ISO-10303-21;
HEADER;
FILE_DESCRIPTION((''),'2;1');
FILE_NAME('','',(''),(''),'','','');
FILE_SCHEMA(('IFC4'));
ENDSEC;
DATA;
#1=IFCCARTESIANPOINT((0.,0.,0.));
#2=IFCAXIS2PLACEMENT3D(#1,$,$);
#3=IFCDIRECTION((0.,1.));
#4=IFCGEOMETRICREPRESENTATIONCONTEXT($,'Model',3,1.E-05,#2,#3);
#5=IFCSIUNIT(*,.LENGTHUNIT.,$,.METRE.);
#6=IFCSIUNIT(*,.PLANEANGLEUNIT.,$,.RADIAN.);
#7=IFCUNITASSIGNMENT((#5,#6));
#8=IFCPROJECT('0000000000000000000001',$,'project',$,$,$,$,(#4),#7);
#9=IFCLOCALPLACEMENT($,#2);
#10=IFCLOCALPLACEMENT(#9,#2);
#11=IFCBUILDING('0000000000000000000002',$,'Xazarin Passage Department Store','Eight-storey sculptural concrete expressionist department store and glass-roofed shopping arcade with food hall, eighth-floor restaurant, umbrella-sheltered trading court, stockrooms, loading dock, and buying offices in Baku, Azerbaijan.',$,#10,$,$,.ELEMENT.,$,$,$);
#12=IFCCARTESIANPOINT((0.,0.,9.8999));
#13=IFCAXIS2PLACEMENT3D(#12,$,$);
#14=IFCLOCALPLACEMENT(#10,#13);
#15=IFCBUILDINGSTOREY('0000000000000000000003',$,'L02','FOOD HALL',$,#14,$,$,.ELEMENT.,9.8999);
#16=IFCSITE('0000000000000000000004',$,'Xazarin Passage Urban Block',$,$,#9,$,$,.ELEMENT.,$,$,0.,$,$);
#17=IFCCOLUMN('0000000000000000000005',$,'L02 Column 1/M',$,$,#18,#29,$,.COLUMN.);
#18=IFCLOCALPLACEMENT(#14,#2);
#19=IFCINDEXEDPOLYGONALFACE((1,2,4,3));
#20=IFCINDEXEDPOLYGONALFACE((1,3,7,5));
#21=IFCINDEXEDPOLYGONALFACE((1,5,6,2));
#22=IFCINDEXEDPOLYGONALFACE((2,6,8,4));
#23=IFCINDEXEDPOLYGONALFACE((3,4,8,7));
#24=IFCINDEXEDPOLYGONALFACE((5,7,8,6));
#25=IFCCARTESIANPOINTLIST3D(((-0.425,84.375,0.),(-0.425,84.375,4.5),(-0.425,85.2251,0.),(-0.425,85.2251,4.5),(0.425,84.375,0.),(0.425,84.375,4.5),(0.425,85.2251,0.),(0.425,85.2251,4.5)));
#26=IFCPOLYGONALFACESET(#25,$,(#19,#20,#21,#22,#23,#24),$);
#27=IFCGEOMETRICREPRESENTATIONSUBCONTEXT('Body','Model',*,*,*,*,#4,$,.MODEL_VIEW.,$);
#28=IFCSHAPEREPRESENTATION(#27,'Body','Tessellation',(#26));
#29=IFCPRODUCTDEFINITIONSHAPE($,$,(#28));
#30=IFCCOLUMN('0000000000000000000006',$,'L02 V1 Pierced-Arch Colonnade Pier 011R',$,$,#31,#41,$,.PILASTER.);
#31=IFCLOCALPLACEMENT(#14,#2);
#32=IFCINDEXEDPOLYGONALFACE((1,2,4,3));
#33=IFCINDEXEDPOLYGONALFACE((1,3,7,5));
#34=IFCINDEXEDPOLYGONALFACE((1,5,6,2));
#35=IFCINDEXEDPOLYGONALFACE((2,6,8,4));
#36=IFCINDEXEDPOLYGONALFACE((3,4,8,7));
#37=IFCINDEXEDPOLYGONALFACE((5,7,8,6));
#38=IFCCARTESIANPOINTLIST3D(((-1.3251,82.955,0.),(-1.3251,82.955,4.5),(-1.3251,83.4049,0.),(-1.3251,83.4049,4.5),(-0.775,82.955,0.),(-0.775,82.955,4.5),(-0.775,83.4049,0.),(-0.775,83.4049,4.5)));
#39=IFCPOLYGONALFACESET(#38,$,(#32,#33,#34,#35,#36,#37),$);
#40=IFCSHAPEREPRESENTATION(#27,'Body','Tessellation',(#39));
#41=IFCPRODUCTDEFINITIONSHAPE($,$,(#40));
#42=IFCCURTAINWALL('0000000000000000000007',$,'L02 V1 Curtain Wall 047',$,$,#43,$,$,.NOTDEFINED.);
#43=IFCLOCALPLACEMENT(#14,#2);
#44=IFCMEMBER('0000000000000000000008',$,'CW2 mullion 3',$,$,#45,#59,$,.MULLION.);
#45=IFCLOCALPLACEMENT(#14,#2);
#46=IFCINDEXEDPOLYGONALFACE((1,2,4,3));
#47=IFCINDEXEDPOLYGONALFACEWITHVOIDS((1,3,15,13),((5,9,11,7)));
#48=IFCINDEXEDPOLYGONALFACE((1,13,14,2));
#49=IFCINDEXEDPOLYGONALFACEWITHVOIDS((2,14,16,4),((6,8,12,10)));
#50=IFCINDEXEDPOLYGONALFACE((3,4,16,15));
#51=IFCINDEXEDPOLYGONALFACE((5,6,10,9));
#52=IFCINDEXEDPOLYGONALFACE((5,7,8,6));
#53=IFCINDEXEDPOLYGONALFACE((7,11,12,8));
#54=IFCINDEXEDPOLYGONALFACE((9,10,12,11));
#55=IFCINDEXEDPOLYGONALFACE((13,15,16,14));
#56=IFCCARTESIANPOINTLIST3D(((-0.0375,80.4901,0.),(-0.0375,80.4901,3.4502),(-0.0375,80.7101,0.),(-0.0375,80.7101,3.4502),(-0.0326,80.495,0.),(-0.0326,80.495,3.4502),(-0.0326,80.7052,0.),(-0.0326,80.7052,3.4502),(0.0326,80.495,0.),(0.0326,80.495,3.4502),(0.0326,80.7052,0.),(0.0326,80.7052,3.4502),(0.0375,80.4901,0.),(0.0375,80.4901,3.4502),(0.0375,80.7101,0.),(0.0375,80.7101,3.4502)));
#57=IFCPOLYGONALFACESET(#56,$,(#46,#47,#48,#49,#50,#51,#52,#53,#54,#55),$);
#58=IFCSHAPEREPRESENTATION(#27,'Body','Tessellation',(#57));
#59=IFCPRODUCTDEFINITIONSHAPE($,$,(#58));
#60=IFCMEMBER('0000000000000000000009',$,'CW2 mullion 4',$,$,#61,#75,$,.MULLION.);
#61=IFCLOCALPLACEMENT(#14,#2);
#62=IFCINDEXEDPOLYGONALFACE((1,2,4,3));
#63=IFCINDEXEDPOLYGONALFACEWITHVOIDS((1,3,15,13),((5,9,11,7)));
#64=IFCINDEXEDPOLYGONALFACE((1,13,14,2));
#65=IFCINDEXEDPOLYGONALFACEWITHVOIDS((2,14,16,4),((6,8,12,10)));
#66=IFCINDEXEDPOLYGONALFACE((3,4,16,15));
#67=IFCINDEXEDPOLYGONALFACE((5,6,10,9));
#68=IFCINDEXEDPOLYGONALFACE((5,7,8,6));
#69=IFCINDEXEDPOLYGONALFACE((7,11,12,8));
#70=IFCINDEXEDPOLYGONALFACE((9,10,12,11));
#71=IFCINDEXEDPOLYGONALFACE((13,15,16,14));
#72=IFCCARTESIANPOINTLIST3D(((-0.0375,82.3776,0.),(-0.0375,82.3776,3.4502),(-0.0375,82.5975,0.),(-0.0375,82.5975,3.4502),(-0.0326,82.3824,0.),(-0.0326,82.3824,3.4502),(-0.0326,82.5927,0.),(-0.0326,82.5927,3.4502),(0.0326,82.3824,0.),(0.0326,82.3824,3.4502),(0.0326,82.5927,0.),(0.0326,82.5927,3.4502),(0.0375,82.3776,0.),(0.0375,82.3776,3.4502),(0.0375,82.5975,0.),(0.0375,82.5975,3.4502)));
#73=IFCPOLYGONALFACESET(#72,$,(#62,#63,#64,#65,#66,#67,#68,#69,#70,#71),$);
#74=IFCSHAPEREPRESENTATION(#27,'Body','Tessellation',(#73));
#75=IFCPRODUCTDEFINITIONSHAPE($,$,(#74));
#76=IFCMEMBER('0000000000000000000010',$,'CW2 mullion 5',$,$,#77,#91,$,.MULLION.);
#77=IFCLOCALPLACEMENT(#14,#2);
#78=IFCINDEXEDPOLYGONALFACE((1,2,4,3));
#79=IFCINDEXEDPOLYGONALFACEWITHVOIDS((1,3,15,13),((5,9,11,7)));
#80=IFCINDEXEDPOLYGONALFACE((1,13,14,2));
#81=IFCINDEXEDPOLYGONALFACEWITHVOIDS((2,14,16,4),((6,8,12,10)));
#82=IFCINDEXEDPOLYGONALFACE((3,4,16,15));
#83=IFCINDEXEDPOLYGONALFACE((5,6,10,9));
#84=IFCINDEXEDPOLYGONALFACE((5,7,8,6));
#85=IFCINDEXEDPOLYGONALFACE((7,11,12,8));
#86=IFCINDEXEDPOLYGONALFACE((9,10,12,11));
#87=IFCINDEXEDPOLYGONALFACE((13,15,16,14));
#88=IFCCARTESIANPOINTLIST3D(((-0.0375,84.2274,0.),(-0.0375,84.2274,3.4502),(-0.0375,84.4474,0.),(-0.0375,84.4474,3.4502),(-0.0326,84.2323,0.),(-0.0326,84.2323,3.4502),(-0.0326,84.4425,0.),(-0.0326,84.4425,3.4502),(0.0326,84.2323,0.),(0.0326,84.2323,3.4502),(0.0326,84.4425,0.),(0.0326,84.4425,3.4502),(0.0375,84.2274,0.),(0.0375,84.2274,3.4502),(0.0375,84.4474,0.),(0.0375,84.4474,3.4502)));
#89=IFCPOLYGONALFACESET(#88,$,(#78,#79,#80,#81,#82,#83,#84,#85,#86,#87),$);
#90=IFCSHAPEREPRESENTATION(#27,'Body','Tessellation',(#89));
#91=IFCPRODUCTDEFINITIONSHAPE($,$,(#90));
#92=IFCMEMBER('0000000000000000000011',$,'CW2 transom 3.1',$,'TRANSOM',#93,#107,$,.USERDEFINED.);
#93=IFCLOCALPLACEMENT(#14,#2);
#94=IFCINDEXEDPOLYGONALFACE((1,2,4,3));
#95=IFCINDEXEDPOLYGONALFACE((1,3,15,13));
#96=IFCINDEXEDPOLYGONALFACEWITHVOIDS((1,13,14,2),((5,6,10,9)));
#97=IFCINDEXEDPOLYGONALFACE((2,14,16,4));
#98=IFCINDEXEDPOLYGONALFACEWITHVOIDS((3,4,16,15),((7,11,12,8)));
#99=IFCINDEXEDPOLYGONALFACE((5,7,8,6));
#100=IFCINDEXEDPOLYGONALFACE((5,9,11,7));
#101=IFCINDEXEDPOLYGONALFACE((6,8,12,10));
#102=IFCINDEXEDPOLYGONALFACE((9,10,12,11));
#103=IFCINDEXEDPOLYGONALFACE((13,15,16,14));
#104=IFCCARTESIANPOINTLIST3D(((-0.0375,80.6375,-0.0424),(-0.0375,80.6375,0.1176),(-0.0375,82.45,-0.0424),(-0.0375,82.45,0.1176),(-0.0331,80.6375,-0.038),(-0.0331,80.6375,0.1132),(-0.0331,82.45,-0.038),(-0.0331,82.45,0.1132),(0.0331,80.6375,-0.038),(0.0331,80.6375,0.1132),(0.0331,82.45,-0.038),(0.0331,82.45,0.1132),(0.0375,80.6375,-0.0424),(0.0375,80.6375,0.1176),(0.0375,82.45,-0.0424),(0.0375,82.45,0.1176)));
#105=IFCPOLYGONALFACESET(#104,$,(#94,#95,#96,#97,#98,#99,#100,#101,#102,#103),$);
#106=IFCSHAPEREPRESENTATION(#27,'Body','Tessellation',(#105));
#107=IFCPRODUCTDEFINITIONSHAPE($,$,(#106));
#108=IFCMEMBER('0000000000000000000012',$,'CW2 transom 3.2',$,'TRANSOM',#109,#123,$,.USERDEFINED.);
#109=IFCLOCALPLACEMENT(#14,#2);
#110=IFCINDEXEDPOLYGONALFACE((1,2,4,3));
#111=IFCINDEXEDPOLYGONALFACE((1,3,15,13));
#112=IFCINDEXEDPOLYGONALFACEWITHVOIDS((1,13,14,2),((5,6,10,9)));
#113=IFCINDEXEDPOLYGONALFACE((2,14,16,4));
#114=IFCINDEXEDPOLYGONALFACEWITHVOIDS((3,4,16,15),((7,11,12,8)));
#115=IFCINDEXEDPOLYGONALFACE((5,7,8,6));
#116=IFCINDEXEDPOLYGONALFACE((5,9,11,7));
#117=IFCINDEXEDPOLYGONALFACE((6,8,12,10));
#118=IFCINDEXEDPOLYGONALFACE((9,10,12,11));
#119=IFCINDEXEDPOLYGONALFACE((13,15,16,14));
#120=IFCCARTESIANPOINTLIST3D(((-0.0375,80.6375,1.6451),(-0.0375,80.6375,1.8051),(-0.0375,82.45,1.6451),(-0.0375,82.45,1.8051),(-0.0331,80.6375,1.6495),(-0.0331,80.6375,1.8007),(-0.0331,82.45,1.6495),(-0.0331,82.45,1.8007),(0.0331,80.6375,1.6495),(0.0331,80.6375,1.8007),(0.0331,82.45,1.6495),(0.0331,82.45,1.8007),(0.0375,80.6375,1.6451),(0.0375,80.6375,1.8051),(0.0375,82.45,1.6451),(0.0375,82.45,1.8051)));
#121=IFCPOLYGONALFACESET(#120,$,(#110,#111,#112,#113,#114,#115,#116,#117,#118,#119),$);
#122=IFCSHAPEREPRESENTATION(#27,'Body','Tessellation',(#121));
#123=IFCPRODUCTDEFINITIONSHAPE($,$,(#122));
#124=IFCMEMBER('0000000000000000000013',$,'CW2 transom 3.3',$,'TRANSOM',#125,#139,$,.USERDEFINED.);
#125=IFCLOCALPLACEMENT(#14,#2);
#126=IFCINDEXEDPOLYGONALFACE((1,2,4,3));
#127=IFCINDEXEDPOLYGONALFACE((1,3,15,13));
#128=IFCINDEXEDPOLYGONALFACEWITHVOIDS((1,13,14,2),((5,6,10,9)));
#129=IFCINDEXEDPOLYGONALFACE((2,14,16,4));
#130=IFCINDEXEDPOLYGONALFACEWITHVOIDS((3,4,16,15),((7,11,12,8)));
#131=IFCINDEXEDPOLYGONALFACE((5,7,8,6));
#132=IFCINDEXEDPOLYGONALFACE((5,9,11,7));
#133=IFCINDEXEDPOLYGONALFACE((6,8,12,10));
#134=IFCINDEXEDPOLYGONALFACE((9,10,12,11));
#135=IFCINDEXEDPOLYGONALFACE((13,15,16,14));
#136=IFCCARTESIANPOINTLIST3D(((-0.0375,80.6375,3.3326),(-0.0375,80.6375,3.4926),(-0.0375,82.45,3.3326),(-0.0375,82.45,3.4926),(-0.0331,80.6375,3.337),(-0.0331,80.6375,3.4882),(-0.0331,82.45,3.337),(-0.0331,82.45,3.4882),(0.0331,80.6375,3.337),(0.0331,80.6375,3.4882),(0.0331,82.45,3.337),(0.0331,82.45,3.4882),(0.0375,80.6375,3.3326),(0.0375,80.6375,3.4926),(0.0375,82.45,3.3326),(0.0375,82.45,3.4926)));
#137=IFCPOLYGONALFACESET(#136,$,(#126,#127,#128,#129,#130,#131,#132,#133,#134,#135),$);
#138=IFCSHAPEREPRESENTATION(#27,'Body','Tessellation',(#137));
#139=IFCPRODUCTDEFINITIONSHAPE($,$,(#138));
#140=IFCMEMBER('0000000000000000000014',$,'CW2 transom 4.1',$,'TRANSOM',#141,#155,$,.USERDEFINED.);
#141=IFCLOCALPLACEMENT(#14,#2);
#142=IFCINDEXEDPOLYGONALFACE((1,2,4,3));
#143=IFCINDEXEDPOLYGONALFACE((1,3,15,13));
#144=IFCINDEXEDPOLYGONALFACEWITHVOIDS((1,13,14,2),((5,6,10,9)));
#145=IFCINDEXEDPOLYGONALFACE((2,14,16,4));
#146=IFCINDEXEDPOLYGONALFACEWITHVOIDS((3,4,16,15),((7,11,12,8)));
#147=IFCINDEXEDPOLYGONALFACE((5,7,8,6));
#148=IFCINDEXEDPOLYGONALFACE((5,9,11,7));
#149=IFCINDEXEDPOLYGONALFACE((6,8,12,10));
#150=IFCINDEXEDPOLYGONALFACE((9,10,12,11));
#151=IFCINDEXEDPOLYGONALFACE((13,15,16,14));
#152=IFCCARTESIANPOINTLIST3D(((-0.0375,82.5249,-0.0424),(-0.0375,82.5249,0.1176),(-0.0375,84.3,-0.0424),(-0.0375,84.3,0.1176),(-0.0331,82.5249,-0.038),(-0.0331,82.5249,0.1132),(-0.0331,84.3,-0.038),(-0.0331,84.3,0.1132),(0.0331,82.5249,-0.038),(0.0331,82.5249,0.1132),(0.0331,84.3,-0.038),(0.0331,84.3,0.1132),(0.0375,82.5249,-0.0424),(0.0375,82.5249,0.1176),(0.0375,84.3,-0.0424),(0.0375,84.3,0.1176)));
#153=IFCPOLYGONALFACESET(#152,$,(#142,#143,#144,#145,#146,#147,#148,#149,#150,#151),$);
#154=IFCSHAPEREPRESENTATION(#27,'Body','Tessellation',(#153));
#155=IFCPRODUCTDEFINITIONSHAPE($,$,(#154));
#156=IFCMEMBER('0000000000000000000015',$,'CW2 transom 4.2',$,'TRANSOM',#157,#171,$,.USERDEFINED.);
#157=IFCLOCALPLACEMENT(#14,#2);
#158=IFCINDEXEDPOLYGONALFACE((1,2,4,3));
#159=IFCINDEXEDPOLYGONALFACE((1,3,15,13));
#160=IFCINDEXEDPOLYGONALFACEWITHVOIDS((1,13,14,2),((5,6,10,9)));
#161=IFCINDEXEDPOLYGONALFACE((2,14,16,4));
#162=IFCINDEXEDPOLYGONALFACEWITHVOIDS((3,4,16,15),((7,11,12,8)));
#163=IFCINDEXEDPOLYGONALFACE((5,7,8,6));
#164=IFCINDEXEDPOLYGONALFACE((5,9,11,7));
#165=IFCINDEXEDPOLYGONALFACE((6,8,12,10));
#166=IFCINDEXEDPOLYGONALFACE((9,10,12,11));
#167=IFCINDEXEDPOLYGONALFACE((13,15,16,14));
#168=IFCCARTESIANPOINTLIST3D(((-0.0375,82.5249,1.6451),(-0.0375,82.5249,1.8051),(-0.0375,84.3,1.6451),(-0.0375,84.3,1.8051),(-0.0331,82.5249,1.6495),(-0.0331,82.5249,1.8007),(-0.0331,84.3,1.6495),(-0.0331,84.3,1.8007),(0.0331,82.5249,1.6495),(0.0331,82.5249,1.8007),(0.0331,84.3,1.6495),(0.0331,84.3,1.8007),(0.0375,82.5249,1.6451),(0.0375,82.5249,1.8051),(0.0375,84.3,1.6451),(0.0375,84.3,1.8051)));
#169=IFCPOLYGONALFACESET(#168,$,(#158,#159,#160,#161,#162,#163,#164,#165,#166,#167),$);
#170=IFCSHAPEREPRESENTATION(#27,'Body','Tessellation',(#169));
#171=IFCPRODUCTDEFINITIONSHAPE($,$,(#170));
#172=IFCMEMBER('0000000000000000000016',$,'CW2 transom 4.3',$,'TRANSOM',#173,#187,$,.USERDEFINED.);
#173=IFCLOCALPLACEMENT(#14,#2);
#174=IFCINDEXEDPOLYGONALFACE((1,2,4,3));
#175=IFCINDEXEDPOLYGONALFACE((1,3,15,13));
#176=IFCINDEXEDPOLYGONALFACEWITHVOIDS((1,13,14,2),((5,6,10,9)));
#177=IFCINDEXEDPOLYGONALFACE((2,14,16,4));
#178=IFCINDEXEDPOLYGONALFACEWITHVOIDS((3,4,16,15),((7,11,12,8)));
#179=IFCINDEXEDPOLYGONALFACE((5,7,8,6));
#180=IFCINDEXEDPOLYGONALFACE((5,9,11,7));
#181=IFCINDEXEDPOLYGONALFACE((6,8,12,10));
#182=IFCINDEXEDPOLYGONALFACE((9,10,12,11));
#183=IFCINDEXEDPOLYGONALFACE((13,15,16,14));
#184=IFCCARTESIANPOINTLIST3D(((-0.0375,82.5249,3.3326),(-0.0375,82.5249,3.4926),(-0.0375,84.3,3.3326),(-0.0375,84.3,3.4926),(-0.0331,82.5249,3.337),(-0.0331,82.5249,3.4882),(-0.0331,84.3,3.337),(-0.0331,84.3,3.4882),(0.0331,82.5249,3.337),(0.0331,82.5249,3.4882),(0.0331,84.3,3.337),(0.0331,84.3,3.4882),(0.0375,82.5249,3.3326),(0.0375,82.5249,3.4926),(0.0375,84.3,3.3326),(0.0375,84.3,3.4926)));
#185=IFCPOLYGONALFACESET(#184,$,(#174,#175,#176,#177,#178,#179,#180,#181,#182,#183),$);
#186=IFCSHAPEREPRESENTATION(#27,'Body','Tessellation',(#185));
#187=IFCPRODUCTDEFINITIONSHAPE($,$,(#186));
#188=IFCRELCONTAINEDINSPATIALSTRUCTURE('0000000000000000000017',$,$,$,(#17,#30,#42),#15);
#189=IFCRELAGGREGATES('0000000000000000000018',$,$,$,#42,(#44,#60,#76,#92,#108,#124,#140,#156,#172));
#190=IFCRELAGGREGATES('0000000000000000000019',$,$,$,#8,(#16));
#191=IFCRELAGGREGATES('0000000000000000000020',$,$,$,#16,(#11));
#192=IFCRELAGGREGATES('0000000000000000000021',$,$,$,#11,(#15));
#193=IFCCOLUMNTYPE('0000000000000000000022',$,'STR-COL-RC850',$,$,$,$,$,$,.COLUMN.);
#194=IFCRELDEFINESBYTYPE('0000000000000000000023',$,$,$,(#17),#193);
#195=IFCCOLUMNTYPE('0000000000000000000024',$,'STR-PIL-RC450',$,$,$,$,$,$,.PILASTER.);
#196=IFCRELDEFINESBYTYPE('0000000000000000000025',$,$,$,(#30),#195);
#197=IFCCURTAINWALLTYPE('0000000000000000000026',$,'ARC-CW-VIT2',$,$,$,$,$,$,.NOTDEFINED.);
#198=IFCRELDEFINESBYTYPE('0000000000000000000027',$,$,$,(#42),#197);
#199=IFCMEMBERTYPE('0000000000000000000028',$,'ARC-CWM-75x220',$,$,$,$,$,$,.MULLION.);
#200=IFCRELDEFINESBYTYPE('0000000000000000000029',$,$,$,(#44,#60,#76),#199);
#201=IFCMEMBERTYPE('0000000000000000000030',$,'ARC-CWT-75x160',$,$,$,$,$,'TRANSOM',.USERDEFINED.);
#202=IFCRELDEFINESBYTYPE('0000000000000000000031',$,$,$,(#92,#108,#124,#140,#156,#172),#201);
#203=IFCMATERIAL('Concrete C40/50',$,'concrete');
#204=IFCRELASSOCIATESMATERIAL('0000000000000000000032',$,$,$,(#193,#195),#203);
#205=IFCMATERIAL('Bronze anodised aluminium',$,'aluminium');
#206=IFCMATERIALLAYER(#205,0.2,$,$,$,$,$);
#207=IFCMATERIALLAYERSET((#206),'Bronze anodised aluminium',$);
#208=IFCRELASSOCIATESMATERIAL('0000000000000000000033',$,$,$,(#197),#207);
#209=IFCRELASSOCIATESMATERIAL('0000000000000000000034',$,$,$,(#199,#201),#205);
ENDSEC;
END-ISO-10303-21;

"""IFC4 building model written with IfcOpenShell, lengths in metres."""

from ifc_helpers import new_model, si_unit, direction, frame, origin, origin_2d, place, context, subcontext, project, spatial, rectangle, hollow_rectangle, extrude, material, layer, layer_set, material_profile, profile_set, type_object, element, aggregate, save


model = new_model("IFC4")

# Units and contexts
model_context = context("Model", 3, precision=1e-05, world=origin(), true_north=direction((0.0, 1.0)))
body_context = subcontext(model_context, "Body", "Model", "MODEL_VIEW")
ifc_project = project(units=[si_unit("LENGTHUNIT", "METRE"), si_unit("PLANEANGLEUNIT", "RADIAN")], contexts=[model_context])

# Site, building, storey
site_placement = place(None, origin())
site = spatial("IfcSite", under=ifc_project, at=site_placement, Name="Xazarin Passage Urban Block", CompositionType="ELEMENT", RefElevation=0.0)
building_placement = place(site_placement, origin())
building = spatial("IfcBuilding", under=site, at=building_placement, Name="Xazarin Passage Department Store", Description="Eight-storey sculptural concrete expressionist department store and glass-roofed shopping arcade with food hall, eighth-floor restaurant, umbrella-sheltered trading court, stockrooms, loading dock, and buying offices in Baku, Azerbaijan.", CompositionType="ELEMENT")
storey_placement = place(building_placement, frame((0.0, 0.0, 9.8999)))
storey = spatial("IfcBuildingStorey", under=building, at=storey_placement, Name="L02", Description="FOOD HALL", CompositionType="ELEMENT", Elevation=9.8999)

# Columns
ifc_material_1 = material(Name="Concrete C40/50", Category="concrete")
ifc_material_profile_1 = material_profile(ifc_material_1, rectangle(XDim=0.8501, YDim=0.8501, at=origin_2d()), Name="RC 850x850")
ifc_profile_set_1 = profile_set([ifc_material_profile_1], Name="Concrete C40/50")
column_type_1 = type_object("IfcColumnType", Name="STR-COL-RC850", PredefinedType="COLUMN", material=ifc_profile_set_1)
column_1_placement = place(storey_placement, frame((0.0, 84.8, 0.0), z_axis=(0.0, 0.0, 1.0), x_axis=(1.0, 0.0, 0.0)))
element("IfcColumn", 1, at=column_1_placement, inside=storey, type_object=column_type_1, Name="L02 Column 1/M", PredefinedType="COLUMN", context=body_context, shape_type="SweptSolid", body=[
    extrude(rectangle(XDim=0.8501, YDim=0.8501, at=origin_2d()), origin(), (0.0, 0.0, 1.0), 4.5),
])
ifc_material_profile_2 = material_profile(ifc_material_1, rectangle(XDim=0.45, YDim=0.55, at=origin_2d()), Name="RC 450x550")
ifc_profile_set_2 = profile_set([ifc_material_profile_2], Name="Concrete C40/50")
column_type_2 = type_object("IfcColumnType", Name="STR-PIL-RC450", PredefinedType="PILASTER", material=ifc_profile_set_2)
column_2_placement = place(storey_placement, frame((-1.05, 83.1799, 0.0), z_axis=(0.0, 0.0, 1.0), x_axis=(0.0, 1.0, 0.0)))
element("IfcColumn", 2, at=column_2_placement, inside=storey, type_object=column_type_2, Name="L02 V1 Pierced-Arch Colonnade Pier 011R", PredefinedType="PILASTER", context=body_context, shape_type="SweptSolid", body=[
    extrude(rectangle(XDim=0.45, YDim=0.55, at=origin_2d()), origin(), (0.0, 0.0, 1.0), 4.5),
])

# Curtain wall, members
ifc_material_2 = material(Name="Bronze anodised aluminium", Category="aluminium")
ifc_layer_1 = layer(ifc_material_2, 0.2)
ifc_layer_set_1 = layer_set([ifc_layer_1], Name="Bronze anodised aluminium")
curtain_wall_type = type_object("IfcCurtainWallType", Name="ARC-CW-VIT2", PredefinedType="NOTDEFINED", material=ifc_layer_set_1)
curtain_wall_placement = place(storey_placement, origin())
curtain_wall = element("IfcCurtainWall", 3, at=curtain_wall_placement, inside=storey, type_object=curtain_wall_type, Name="L02 V1 Curtain Wall 047", PredefinedType="NOTDEFINED")
ifc_material_profile_3 = material_profile(ifc_material_2, hollow_rectangle(XDim=0.075, YDim=0.22, WallThickness=0.0049, at=origin_2d()), Name="ALU 75x220")
ifc_profile_set_3 = profile_set([ifc_material_profile_3], Name="Bronze anodised aluminium")
member_type_1 = type_object("IfcMemberType", Name="ARC-CWM-75x220", PredefinedType="MULLION", material=ifc_profile_set_3)
member_1_placement = place(storey_placement, frame((0.0, 80.6001, 0.0), z_axis=(0.0, 0.0, 1.0), x_axis=(-1.0, 0.0, 0.0)))
member_1 = element("IfcMember", 4, at=member_1_placement, type_object=member_type_1, Name="CW2 mullion 3", PredefinedType="MULLION", context=body_context, shape_type="SweptSolid", body=[
    extrude(hollow_rectangle(XDim=0.075, YDim=0.22, WallThickness=0.0049, at=origin_2d()), origin(), (0.0, 0.0, 1.0), 3.4502),
])
member_2_placement = place(storey_placement, frame((0.0, 82.4875, 0.0), z_axis=(0.0, 0.0, 1.0), x_axis=(-1.0, 0.0, 0.0)))
member_2 = element("IfcMember", 5, at=member_2_placement, type_object=member_type_1, Name="CW2 mullion 4", PredefinedType="MULLION", context=body_context, shape_type="SweptSolid", body=[
    extrude(hollow_rectangle(XDim=0.075, YDim=0.22, WallThickness=0.0049, at=origin_2d()), origin(), (0.0, 0.0, 1.0), 3.4502),
])
member_3_placement = place(storey_placement, frame((0.0, 84.3374, 0.0), z_axis=(0.0, 0.0, 1.0), x_axis=(-1.0, 0.0, 0.0)))
member_3 = element("IfcMember", 6, at=member_3_placement, type_object=member_type_1, Name="CW2 mullion 5", PredefinedType="MULLION", context=body_context, shape_type="SweptSolid", body=[
    extrude(hollow_rectangle(XDim=0.075, YDim=0.22, WallThickness=0.0049, at=origin_2d()), origin(), (0.0, 0.0, 1.0), 3.4502),
])
ifc_material_profile_4 = material_profile(ifc_material_2, hollow_rectangle(XDim=0.075, YDim=0.1599, WallThickness=0.0044, at=origin_2d()), Name="ALU 75x160")
ifc_profile_set_4 = profile_set([ifc_material_profile_4], Name="Bronze anodised aluminium")
member_type_2 = type_object("IfcMemberType", Name="ARC-CWT-75x160", ElementType="TRANSOM", PredefinedType="USERDEFINED", material=ifc_profile_set_4)
member_4_placement = place(storey_placement, frame((0.0, 80.6375, 0.0376), z_axis=(0.0, 1.0, 0.0), x_axis=(-1.0, 0.0, 0.0)))
member_4 = element("IfcMember", 7, at=member_4_placement, type_object=member_type_2, Name="CW2 transom 3.1", ObjectType="TRANSOM", PredefinedType="USERDEFINED", context=body_context, shape_type="SweptSolid", body=[
    extrude(hollow_rectangle(XDim=0.075, YDim=0.1599, WallThickness=0.0044, at=origin_2d()), origin(), (0.0, 0.0, 1.0), 1.8125),
])
member_5_placement = place(storey_placement, frame((0.0, 80.6375, 1.7251), z_axis=(0.0, 1.0, 0.0), x_axis=(-1.0, 0.0, 0.0)))
member_5 = element("IfcMember", 8, at=member_5_placement, type_object=member_type_2, Name="CW2 transom 3.2", ObjectType="TRANSOM", PredefinedType="USERDEFINED", context=body_context, shape_type="SweptSolid", body=[
    extrude(hollow_rectangle(XDim=0.075, YDim=0.1599, WallThickness=0.0044, at=origin_2d()), origin(), (0.0, 0.0, 1.0), 1.8125),
])
member_6_placement = place(storey_placement, frame((0.0, 80.6375, 3.4126), z_axis=(0.0, 1.0, 0.0), x_axis=(-1.0, 0.0, 0.0)))
member_6 = element("IfcMember", 9, at=member_6_placement, type_object=member_type_2, Name="CW2 transom 3.3", ObjectType="TRANSOM", PredefinedType="USERDEFINED", context=body_context, shape_type="SweptSolid", body=[
    extrude(hollow_rectangle(XDim=0.075, YDim=0.1599, WallThickness=0.0044, at=origin_2d()), origin(), (0.0, 0.0, 1.0), 1.8125),
])
member_7_placement = place(storey_placement, frame((0.0, 82.5249, 0.0376), z_axis=(0.0, 1.0, 0.0), x_axis=(-1.0, 0.0, 0.0)))
member_7 = element("IfcMember", 10, at=member_7_placement, type_object=member_type_2, Name="CW2 transom 4.1", ObjectType="TRANSOM", PredefinedType="USERDEFINED", context=body_context, shape_type="SweptSolid", body=[
    extrude(hollow_rectangle(XDim=0.075, YDim=0.1599, WallThickness=0.0044, at=origin_2d()), origin(), (0.0, 0.0, 1.0), 1.7751),
])
member_8_placement = place(storey_placement, frame((0.0, 82.5249, 1.7251), z_axis=(0.0, 1.0, 0.0), x_axis=(-1.0, 0.0, 0.0)))
member_8 = element("IfcMember", 11, at=member_8_placement, type_object=member_type_2, Name="CW2 transom 4.2", ObjectType="TRANSOM", PredefinedType="USERDEFINED", context=body_context, shape_type="SweptSolid", body=[
    extrude(hollow_rectangle(XDim=0.075, YDim=0.1599, WallThickness=0.0044, at=origin_2d()), origin(), (0.0, 0.0, 1.0), 1.7751),
])
member_9_placement = place(storey_placement, frame((0.0, 82.5249, 3.4126), z_axis=(0.0, 1.0, 0.0), x_axis=(-1.0, 0.0, 0.0)))
member_9 = element("IfcMember", 12, at=member_9_placement, type_object=member_type_2, Name="CW2 transom 4.3", ObjectType="TRANSOM", PredefinedType="USERDEFINED", context=body_context, shape_type="SweptSolid", body=[
    extrude(hollow_rectangle(XDim=0.075, YDim=0.1599, WallThickness=0.0044, at=origin_2d()), origin(), (0.0, 0.0, 1.0), 1.7751),
])

aggregate(curtain_wall, [member_1, member_2, member_3, member_4, member_5, member_6, member_7, member_8, member_9])

save(model, "model.ifc")
